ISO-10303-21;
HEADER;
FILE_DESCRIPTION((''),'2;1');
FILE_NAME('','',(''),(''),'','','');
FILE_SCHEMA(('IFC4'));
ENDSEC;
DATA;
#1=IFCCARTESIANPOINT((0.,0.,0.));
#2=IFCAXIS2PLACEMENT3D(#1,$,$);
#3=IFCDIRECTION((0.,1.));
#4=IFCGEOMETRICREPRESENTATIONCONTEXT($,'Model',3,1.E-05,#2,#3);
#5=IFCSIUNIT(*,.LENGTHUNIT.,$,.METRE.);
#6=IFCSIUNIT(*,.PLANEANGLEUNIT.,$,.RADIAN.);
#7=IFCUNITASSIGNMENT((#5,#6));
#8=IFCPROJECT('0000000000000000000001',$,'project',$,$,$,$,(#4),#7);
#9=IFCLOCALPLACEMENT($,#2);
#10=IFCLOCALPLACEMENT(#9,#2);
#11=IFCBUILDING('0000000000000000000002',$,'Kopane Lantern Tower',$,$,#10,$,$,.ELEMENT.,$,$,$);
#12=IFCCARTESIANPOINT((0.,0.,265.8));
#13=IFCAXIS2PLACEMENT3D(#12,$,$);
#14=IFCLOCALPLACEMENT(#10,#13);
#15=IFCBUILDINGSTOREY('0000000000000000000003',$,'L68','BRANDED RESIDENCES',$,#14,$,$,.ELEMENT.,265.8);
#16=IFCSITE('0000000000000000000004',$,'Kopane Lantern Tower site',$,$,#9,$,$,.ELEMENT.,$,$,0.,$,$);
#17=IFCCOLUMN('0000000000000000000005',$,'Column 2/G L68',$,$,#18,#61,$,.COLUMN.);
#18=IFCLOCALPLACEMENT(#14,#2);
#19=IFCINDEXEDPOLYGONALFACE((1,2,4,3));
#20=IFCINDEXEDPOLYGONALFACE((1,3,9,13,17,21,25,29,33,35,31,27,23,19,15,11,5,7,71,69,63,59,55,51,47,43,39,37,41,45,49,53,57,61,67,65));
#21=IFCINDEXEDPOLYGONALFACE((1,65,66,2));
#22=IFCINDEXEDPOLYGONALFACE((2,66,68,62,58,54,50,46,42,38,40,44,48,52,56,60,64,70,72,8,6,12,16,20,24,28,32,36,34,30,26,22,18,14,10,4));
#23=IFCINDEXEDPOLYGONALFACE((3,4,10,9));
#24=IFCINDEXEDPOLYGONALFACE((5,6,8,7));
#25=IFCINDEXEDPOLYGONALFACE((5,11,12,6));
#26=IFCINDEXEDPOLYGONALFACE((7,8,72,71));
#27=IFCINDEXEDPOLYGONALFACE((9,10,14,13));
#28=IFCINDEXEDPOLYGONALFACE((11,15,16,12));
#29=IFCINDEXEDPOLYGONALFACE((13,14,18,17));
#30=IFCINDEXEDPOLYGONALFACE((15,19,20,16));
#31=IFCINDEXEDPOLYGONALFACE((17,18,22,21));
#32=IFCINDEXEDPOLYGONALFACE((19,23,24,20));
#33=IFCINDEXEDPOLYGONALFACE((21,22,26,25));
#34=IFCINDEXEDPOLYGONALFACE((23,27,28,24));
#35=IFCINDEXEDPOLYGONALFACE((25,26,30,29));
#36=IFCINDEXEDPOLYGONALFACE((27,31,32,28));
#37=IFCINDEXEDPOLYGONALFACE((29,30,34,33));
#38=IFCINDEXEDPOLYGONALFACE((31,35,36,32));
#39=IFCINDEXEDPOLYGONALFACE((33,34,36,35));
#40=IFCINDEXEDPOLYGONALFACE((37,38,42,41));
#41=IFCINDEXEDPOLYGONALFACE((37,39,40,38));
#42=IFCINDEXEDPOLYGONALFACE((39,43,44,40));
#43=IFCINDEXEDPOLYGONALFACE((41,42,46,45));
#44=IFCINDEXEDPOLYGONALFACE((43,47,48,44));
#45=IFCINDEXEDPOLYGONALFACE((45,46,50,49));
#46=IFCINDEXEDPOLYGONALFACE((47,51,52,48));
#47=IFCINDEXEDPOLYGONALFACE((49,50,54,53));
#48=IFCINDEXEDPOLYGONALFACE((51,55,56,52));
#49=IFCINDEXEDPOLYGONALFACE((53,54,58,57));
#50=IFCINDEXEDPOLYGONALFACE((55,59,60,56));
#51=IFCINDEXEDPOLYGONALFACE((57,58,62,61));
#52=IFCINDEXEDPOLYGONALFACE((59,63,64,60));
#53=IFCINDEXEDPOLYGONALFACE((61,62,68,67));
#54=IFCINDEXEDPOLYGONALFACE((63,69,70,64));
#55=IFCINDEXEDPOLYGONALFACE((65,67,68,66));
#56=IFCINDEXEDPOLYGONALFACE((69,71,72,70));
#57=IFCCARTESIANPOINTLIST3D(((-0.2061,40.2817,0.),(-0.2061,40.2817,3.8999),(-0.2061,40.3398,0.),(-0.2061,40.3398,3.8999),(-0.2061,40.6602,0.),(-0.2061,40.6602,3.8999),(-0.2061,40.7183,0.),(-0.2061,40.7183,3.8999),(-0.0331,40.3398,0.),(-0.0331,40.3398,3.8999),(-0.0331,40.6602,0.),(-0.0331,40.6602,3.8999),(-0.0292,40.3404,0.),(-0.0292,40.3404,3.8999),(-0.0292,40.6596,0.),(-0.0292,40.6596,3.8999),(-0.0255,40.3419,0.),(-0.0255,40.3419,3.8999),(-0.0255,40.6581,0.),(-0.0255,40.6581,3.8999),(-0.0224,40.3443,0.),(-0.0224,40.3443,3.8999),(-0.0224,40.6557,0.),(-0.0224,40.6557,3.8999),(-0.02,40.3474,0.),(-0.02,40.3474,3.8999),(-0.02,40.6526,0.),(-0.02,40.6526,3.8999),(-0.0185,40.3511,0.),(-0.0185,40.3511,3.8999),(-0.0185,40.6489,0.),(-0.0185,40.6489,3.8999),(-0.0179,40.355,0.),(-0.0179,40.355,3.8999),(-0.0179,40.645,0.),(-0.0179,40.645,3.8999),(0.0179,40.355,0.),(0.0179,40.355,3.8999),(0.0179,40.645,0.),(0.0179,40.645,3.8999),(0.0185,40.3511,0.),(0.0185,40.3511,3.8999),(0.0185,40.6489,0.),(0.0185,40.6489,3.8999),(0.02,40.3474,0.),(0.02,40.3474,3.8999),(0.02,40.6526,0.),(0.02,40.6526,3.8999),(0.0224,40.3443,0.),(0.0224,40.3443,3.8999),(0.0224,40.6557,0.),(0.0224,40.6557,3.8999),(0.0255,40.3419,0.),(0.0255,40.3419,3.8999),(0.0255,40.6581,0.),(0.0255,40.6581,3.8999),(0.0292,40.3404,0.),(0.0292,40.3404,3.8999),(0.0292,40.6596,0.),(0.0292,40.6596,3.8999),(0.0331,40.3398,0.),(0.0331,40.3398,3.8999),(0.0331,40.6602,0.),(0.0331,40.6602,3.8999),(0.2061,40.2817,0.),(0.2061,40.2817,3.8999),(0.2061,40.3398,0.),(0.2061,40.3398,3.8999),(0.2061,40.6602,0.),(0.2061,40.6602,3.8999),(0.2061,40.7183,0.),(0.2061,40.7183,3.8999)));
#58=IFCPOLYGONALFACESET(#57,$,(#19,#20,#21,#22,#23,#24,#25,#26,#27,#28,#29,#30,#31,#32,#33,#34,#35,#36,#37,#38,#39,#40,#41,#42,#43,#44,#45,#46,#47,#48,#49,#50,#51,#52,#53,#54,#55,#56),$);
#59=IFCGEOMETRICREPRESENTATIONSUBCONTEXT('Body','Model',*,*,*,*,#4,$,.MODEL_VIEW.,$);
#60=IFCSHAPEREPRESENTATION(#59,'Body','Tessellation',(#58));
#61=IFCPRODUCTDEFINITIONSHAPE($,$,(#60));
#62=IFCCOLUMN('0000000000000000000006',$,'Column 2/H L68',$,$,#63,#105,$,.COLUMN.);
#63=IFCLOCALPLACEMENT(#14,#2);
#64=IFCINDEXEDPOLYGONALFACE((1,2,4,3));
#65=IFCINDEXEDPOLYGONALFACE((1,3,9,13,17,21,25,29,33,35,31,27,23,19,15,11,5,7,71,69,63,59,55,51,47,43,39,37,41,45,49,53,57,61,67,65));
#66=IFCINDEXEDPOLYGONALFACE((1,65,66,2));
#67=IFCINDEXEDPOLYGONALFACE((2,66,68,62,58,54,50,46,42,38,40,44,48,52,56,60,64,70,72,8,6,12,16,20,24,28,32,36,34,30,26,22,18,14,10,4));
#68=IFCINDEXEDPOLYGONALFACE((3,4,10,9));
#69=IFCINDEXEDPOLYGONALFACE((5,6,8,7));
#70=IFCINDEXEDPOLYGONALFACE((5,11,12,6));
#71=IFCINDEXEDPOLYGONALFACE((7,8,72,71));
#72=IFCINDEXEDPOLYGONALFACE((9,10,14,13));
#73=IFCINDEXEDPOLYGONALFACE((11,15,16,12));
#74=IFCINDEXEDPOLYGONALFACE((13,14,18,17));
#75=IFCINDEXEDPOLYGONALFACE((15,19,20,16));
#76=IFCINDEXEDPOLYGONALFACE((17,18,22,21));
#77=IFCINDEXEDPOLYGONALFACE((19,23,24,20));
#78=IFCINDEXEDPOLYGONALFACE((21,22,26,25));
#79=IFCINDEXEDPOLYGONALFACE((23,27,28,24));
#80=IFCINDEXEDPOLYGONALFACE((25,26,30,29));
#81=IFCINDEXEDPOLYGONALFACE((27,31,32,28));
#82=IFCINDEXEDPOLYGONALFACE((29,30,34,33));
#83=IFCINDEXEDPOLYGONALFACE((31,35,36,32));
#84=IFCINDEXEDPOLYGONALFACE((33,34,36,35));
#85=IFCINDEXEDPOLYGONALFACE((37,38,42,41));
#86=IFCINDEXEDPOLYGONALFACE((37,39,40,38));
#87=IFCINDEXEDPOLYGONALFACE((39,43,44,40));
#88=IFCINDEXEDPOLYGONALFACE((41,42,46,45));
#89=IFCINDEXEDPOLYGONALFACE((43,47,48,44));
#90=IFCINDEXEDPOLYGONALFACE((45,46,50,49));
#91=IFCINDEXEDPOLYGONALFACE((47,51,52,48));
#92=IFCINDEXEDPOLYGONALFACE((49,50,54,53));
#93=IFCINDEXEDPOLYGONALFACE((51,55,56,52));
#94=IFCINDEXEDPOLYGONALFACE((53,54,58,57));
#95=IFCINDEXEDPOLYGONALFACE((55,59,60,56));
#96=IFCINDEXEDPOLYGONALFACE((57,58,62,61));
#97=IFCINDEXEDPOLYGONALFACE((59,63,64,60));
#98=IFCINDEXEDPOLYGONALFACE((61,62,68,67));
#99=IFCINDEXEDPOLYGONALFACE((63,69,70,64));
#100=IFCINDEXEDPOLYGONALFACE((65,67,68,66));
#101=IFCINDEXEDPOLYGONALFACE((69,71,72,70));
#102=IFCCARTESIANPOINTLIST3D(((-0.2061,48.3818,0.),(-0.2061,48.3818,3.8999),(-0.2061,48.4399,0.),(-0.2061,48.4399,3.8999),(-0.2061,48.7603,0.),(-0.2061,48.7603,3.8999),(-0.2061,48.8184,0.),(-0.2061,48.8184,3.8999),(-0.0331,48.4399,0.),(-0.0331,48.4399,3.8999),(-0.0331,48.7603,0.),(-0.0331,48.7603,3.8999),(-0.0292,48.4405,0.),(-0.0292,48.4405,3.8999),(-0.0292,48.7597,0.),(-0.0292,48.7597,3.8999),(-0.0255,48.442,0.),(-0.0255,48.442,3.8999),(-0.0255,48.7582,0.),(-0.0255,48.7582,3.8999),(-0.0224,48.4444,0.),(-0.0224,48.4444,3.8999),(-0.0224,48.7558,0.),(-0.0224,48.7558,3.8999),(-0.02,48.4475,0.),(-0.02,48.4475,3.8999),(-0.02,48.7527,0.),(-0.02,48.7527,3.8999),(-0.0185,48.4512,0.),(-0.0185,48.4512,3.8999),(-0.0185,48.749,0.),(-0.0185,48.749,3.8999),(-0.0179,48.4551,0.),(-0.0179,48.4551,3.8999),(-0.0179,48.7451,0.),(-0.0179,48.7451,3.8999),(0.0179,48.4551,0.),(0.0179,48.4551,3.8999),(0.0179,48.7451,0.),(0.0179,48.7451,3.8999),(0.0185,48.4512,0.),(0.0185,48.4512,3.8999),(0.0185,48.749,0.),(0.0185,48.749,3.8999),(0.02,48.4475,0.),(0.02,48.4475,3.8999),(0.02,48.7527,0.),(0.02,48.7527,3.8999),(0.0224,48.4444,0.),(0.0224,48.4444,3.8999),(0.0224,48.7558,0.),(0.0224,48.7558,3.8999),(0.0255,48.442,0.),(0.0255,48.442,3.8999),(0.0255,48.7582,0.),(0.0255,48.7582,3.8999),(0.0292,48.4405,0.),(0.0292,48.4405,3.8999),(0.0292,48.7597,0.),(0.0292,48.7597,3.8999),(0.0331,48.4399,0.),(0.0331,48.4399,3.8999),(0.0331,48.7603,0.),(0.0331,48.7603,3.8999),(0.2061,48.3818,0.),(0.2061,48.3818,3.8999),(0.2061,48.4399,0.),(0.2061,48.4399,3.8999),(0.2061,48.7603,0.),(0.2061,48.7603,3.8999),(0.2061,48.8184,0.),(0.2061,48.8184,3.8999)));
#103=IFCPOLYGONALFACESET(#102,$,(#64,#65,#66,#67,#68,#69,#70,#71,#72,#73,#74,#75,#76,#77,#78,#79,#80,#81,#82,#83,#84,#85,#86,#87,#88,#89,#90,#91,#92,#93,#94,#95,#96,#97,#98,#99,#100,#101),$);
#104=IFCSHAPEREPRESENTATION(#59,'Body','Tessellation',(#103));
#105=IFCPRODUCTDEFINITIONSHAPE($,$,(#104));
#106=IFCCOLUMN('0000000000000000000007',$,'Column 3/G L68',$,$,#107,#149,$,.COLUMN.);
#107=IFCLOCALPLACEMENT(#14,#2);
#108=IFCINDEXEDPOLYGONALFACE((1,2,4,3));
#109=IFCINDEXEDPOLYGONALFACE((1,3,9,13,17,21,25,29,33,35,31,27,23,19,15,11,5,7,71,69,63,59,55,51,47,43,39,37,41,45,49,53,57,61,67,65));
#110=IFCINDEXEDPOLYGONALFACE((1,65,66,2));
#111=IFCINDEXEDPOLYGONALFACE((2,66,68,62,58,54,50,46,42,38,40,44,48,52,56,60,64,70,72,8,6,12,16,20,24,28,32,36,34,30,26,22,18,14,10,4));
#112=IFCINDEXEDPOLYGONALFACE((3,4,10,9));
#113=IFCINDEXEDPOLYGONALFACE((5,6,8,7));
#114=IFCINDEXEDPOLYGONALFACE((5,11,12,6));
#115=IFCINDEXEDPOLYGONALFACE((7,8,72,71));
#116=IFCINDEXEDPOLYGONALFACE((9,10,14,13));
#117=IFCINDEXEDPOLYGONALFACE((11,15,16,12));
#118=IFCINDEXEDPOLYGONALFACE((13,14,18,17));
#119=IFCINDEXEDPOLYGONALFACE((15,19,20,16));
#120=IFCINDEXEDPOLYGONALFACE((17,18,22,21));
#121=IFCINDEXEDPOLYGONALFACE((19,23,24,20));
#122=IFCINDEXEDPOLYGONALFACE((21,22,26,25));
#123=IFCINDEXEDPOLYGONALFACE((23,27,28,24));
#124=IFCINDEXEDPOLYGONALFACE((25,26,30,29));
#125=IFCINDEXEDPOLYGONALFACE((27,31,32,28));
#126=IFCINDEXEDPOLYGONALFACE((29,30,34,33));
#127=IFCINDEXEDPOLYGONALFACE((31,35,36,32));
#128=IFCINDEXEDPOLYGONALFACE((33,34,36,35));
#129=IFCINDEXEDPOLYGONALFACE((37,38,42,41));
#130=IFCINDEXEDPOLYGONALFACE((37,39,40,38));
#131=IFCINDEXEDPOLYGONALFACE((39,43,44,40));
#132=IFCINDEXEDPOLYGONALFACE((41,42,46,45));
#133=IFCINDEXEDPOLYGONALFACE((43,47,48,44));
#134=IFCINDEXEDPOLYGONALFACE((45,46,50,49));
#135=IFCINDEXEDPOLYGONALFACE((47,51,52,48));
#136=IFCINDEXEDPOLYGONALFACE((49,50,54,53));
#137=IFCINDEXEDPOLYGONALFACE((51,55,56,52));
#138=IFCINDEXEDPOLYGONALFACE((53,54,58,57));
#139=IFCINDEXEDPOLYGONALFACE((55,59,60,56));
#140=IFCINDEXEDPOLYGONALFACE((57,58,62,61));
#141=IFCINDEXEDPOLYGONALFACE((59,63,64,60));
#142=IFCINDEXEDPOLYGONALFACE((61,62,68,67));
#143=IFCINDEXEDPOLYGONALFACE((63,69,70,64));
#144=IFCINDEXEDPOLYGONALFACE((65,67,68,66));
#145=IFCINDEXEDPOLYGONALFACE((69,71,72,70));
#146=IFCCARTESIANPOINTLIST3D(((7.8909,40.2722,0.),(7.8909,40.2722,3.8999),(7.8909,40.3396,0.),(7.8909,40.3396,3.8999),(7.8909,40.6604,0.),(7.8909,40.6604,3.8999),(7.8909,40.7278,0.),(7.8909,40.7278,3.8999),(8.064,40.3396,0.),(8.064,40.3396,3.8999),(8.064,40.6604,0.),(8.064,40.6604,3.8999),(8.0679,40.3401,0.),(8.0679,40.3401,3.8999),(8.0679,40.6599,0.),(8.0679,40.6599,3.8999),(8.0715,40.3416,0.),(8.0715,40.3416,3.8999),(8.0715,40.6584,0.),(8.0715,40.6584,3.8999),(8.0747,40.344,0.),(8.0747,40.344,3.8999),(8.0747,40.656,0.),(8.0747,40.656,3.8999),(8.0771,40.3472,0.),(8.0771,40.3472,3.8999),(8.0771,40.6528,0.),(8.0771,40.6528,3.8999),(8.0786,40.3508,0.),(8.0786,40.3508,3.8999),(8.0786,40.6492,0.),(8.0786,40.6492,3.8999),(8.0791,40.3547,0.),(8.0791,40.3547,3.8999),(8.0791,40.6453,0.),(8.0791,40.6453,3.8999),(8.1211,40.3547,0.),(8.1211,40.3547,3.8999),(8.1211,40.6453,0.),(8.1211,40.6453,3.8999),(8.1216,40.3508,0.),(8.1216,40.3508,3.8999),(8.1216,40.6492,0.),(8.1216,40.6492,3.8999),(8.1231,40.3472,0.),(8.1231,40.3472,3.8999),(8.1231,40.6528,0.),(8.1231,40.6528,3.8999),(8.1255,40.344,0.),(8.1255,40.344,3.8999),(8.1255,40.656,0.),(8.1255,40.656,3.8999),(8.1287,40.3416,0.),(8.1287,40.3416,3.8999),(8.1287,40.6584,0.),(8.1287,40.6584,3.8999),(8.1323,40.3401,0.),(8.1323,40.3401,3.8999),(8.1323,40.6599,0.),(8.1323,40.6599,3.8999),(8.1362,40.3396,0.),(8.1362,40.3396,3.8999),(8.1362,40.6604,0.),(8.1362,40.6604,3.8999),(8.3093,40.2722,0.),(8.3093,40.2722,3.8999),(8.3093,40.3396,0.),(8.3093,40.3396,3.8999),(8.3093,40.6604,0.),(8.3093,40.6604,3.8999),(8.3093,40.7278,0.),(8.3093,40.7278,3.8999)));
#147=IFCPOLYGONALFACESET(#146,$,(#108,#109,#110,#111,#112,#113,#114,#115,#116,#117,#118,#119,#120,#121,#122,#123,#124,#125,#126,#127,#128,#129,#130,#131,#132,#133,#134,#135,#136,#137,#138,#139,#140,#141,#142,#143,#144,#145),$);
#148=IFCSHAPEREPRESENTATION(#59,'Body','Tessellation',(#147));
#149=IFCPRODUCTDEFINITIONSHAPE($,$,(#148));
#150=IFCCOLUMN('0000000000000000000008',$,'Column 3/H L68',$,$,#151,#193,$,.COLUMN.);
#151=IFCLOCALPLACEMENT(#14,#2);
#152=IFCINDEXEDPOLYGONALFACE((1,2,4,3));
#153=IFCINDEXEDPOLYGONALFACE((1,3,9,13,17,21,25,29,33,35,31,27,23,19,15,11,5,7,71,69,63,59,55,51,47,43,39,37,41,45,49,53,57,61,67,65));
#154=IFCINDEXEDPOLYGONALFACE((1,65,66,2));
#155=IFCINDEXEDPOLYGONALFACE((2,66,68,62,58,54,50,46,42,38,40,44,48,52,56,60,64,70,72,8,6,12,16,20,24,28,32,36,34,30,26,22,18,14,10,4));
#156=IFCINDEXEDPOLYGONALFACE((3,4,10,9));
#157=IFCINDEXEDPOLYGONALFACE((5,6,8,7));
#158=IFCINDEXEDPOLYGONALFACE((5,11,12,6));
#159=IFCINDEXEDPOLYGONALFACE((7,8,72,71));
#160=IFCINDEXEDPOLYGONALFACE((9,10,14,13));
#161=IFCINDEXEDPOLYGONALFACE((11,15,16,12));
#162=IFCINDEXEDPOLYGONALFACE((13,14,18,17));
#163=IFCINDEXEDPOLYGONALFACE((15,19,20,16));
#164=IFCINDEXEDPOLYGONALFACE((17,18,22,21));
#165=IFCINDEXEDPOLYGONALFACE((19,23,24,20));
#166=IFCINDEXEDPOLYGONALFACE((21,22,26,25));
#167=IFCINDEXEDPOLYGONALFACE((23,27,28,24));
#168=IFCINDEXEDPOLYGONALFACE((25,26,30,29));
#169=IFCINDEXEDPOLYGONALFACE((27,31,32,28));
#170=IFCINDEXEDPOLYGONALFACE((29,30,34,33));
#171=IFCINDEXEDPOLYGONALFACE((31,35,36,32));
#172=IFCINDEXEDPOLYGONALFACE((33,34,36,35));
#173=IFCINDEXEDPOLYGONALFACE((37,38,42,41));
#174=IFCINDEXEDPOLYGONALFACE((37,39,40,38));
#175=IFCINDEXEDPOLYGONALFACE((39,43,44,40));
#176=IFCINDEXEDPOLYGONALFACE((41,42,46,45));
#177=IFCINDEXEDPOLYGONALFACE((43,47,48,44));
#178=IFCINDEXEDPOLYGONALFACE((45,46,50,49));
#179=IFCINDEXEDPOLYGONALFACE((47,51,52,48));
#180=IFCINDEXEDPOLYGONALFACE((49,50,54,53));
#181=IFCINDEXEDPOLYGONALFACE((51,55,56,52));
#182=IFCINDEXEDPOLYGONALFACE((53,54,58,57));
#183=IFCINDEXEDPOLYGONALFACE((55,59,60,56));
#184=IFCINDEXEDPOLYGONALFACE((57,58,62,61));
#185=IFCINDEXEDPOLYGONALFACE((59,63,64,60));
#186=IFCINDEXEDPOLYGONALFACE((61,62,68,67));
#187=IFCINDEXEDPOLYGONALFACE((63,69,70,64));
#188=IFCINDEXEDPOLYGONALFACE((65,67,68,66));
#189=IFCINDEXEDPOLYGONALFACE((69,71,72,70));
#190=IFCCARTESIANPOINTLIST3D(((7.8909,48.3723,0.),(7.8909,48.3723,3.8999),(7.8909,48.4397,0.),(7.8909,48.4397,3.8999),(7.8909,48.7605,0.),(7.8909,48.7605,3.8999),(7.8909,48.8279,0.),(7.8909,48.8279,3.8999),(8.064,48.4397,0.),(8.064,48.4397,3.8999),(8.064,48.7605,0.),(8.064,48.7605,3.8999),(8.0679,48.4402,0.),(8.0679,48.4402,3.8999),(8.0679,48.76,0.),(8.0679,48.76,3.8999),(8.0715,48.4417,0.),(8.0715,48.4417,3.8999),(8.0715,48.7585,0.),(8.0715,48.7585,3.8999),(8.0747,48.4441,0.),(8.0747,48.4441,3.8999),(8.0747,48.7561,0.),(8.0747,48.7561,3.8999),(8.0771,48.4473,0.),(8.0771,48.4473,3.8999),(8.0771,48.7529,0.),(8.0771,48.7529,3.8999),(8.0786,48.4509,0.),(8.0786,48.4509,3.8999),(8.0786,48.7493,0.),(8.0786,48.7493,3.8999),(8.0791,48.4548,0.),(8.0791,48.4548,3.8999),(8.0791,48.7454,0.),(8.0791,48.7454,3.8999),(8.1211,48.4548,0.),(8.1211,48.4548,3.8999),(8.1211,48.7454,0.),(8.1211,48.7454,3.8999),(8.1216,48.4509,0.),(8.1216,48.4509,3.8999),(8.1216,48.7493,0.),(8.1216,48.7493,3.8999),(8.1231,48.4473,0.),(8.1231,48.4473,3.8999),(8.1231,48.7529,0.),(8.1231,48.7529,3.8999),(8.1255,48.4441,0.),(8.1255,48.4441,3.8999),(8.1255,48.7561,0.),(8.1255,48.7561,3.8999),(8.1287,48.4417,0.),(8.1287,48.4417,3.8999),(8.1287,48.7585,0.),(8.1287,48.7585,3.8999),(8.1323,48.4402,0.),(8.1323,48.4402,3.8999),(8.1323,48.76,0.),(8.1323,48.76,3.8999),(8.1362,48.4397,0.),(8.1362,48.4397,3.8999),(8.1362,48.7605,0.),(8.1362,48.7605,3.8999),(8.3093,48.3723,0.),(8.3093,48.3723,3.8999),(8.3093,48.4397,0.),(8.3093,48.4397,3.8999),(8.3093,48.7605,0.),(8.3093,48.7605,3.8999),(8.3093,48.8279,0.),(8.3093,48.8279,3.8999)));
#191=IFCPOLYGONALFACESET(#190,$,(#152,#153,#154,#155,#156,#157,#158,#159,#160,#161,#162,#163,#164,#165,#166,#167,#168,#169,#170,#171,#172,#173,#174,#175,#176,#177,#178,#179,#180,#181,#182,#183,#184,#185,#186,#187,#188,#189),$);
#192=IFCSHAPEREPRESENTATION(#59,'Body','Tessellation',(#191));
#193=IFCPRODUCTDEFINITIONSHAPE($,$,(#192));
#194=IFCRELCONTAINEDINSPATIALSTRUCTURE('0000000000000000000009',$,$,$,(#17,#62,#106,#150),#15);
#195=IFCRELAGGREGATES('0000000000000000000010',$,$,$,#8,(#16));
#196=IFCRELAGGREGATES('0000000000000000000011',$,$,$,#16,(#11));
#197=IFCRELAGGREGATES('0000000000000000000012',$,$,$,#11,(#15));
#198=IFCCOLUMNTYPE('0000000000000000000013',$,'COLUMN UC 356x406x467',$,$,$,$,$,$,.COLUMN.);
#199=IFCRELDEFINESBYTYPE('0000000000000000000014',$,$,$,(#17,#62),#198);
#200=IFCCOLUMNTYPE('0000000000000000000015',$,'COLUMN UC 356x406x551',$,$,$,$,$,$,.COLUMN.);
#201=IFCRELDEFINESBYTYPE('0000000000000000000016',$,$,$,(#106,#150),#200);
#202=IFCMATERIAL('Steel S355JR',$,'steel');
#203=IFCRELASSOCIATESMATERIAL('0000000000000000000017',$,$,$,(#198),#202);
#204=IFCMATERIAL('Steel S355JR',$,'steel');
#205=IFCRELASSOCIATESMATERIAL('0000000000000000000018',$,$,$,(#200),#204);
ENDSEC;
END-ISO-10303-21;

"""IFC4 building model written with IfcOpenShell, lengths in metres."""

from ifc_helpers import new_model, si_unit, direction, frame, origin, origin_2d, place, context, subcontext, project, spatial, i_section, extrude, material, material_profile, profile_set, type_object, element, save


model = new_model("IFC4")

# Units and contexts
model_context = context("Model", 3, precision=1e-05, world=origin(), true_north=direction((0.0, 1.0)))
body_context = subcontext(model_context, "Body", "Model", "MODEL_VIEW")
ifc_project = project(units=[si_unit("LENGTHUNIT", "METRE"), si_unit("PLANEANGLEUNIT", "RADIAN")], contexts=[model_context])

# Site, building, storey
site_placement = place(None, origin())
site = spatial("IfcSite", under=ifc_project, at=site_placement, Name="Kopane Lantern Tower site", CompositionType="ELEMENT", RefElevation=0.0)
building_placement = place(site_placement, origin())
building = spatial("IfcBuilding", under=site, at=building_placement, Name="Kopane Lantern Tower", CompositionType="ELEMENT")
storey_placement = place(building_placement, frame((0.0, 0.0, 265.8)))
storey = spatial("IfcBuildingStorey", under=building, at=storey_placement, Name="L68", Description="BRANDED RESIDENCES", CompositionType="ELEMENT", Elevation=265.8)

# Columns
ifc_material_1 = material(Name="Steel S355JR", Category="steel")
ifc_material_profile_1 = material_profile(ifc_material_1, i_section(OverallWidth=0.4121, OverallDepth=0.4365, WebThickness=0.0359, FlangeThickness=0.0581, FilletRadius=0.0151, at=origin_2d()), Name="UC 356x406x467")
ifc_profile_set_1 = profile_set([ifc_material_profile_1], Name="Steel S355JR")
column_type_1 = type_object("IfcColumnType", Name="COLUMN UC 356x406x467", PredefinedType="COLUMN", material=ifc_profile_set_1)
for number, where, z_axis, x_axis, name in (
    (1, (0.0, 40.5, 0.0), (0.0, 0.0, 1.0), (1.0, 0.0, 0.0), "Column 2/G L68"),
    (2, (0.0, 48.6001, 0.0), (0.0, 0.0, 1.0), (1.0, 0.0, 0.0), "Column 2/H L68"),
):
    element("IfcColumn", number, at=place(storey_placement, frame(where, z_axis=z_axis, x_axis=x_axis)), inside=storey, type_object=column_type_1, Name=name, PredefinedType="COLUMN", context=body_context, shape_type="SweptSolid", body=[
        extrude(i_section(OverallWidth=0.4121, OverallDepth=0.4365, WebThickness=0.0359, FlangeThickness=0.0581, FilletRadius=0.0151, at=origin_2d()), origin(), (0.0, 0.0, 1.0), 3.8999),
    ])
ifc_material_2 = material(Name="Steel S355JR", Category="steel")
ifc_material_profile_2 = material_profile(ifc_material_2, i_section(OverallWidth=0.4185, OverallDepth=0.4556, WebThickness=0.042, FlangeThickness=0.0674, FilletRadius=0.0151, at=origin_2d()), Name="UC 356x406x551")
ifc_profile_set_2 = profile_set([ifc_material_profile_2], Name="Steel S355JR")
column_type_2 = type_object("IfcColumnType", Name="COLUMN UC 356x406x551", PredefinedType="COLUMN", material=ifc_profile_set_2)
for number, where, z_axis, x_axis, name in (
    (3, (8.1001, 40.5, 0.0), (0.0, 0.0, 1.0), (1.0, 0.0, 0.0), "Column 3/G L68"),
    (4, (8.1001, 48.6001, 0.0), (0.0, 0.0, 1.0), (1.0, 0.0, 0.0), "Column 3/H L68"),
):
    element("IfcColumn", number, at=place(storey_placement, frame(where, z_axis=z_axis, x_axis=x_axis)), inside=storey, type_object=column_type_2, Name=name, PredefinedType="COLUMN", context=body_context, shape_type="SweptSolid", body=[
        extrude(i_section(OverallWidth=0.4185, OverallDepth=0.4556, WebThickness=0.042, FlangeThickness=0.0674, FilletRadius=0.0151, at=origin_2d()), origin(), (0.0, 0.0, 1.0), 3.8999),
    ])

save(model, "model.ifc")
